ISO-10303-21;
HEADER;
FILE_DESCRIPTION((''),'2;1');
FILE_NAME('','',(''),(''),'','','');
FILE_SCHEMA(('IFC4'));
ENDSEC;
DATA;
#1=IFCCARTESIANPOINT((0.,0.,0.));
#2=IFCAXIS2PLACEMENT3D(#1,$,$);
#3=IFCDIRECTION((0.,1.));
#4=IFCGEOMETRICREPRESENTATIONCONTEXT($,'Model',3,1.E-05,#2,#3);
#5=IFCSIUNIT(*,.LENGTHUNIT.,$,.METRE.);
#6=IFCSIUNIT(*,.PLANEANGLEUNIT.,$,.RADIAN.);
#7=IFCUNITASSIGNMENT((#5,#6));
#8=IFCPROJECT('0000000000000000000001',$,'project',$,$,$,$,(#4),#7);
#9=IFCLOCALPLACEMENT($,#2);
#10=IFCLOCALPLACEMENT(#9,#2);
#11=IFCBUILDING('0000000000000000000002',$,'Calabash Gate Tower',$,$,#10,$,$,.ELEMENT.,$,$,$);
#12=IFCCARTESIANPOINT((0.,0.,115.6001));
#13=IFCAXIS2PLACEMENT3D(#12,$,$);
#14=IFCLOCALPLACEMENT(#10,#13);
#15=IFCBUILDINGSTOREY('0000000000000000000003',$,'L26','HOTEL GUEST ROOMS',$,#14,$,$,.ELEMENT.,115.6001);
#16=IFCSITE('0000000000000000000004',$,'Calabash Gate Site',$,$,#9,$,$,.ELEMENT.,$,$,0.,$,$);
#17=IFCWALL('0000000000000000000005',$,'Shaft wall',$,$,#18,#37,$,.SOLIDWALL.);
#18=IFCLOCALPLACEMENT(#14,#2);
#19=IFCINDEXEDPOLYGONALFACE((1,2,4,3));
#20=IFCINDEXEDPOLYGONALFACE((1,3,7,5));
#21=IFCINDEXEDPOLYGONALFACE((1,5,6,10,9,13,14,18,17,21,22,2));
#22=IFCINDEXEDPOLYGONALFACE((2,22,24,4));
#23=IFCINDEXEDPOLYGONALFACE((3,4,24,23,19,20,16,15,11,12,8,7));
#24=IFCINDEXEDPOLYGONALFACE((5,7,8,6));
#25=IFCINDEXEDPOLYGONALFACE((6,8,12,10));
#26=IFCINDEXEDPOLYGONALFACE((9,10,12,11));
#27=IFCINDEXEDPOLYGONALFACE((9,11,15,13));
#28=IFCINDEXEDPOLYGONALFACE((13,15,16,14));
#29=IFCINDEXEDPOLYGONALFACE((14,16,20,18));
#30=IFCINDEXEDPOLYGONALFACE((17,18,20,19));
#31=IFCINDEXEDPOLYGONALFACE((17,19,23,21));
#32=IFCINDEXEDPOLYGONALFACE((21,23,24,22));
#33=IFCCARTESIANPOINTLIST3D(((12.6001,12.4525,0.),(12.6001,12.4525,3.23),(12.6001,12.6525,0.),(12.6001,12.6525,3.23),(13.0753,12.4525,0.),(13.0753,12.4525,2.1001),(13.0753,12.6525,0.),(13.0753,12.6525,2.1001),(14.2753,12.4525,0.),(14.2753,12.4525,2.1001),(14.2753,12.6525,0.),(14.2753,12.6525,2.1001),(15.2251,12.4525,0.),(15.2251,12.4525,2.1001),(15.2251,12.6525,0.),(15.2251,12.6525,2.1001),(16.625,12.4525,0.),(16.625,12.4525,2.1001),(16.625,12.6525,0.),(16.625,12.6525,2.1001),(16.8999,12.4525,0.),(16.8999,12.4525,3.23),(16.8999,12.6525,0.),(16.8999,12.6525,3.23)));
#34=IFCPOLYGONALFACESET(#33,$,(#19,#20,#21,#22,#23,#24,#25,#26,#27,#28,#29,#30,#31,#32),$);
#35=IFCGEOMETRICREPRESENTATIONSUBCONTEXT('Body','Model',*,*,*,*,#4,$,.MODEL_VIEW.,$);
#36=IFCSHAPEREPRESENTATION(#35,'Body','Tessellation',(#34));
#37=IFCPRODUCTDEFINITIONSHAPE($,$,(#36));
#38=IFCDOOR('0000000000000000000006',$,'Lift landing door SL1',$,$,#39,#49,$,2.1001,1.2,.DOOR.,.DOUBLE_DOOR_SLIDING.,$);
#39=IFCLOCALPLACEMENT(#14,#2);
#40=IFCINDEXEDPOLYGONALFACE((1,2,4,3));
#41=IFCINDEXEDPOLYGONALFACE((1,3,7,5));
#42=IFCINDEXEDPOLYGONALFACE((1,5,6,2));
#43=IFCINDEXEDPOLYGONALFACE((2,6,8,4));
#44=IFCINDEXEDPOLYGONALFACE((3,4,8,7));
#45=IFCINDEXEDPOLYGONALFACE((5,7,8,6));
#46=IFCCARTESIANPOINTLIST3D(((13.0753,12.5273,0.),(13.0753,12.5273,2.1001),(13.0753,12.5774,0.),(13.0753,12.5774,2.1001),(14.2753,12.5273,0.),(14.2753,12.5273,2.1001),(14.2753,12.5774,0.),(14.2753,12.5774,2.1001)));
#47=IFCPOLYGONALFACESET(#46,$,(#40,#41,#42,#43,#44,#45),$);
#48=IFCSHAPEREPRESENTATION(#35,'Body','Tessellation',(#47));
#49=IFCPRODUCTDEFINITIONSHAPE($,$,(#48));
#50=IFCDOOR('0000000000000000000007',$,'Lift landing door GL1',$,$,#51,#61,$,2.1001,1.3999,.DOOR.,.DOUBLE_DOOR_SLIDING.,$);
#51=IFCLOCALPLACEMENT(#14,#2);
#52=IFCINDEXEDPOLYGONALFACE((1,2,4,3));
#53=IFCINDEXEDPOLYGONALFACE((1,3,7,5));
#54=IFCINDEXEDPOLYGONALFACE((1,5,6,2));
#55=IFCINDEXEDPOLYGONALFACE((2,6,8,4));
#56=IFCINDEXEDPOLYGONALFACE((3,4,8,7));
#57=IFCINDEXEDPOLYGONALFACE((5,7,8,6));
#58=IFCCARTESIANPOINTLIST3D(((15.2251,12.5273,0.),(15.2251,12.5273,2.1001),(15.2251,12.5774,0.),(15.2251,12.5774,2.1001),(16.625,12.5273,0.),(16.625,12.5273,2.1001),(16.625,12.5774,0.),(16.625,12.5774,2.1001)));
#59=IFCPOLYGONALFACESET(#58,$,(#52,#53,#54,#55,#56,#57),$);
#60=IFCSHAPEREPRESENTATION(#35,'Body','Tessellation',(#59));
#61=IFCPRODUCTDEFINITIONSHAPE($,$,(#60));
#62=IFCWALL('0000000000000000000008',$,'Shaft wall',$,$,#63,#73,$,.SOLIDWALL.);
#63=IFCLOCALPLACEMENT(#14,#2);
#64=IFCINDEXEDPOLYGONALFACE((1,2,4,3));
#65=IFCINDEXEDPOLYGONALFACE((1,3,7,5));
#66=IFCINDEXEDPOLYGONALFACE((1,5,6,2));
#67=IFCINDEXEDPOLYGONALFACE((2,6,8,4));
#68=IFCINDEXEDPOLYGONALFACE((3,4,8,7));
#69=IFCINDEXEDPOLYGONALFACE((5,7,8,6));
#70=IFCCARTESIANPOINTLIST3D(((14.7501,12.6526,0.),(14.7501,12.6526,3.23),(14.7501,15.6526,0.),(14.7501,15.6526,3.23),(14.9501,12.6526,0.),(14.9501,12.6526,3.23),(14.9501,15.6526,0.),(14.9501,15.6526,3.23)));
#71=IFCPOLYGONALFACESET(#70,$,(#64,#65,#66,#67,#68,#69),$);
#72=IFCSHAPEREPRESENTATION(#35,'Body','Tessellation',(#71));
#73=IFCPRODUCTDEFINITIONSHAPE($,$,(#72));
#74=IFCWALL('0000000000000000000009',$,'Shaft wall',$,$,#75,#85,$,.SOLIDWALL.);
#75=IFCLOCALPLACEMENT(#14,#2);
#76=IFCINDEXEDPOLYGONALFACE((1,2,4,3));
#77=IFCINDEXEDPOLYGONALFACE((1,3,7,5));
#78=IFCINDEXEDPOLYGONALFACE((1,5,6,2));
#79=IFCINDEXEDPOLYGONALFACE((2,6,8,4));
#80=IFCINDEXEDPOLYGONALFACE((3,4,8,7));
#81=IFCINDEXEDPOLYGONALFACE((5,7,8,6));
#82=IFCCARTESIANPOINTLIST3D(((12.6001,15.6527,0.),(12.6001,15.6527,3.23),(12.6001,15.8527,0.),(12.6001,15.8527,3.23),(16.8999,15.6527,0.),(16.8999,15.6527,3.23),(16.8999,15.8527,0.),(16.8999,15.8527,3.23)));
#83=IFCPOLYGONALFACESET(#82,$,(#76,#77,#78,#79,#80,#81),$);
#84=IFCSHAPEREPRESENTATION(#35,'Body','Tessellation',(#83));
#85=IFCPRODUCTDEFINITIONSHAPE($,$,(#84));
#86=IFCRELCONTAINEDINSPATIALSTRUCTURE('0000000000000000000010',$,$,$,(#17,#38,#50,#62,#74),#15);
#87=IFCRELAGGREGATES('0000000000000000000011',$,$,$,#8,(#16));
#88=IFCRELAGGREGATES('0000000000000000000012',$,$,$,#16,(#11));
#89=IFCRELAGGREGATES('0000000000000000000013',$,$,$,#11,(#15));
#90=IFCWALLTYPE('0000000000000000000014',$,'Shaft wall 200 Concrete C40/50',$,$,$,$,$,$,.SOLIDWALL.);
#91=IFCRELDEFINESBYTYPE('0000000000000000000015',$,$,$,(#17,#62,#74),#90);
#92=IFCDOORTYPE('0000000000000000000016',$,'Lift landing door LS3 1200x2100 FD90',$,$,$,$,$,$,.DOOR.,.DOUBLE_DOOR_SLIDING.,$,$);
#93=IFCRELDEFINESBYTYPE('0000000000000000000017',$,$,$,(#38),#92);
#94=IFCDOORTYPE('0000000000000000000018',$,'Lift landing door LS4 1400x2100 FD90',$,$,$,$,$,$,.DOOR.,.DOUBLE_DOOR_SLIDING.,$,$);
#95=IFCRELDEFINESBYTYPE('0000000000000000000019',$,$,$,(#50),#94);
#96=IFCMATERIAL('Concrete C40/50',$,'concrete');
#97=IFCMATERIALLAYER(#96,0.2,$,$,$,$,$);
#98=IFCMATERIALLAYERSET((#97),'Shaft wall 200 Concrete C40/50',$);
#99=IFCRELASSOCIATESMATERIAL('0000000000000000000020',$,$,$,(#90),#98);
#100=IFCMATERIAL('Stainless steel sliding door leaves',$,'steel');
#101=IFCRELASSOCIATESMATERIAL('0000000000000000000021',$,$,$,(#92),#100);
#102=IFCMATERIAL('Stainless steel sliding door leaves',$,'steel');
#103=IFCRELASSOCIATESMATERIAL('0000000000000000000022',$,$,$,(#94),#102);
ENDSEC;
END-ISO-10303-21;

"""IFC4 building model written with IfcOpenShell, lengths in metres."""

from ifc_helpers import new_model, si_unit, direction, frame, frame_2d, origin, place, context, subcontext, project, spatial, rectangle, extrude, material, layer, layer_set, type_object, element, fill, save


model = new_model("IFC4")

# Units and contexts
model_context = context("Model", 3, precision=1e-05, world=origin(), true_north=direction((0.0, 1.0)))
body_context = subcontext(model_context, "Body", "Model", "MODEL_VIEW")
ifc_project = project(units=[si_unit("LENGTHUNIT", "METRE"), si_unit("PLANEANGLEUNIT", "RADIAN")], contexts=[model_context])

# Site, building, storey
site_placement = place(None, origin())
site = spatial("IfcSite", under=ifc_project, at=site_placement, Name="Calabash Gate Site", CompositionType="ELEMENT", RefElevation=0.0)
building_placement = place(site_placement, origin())
building = spatial("IfcBuilding", under=site, at=building_placement, Name="Calabash Gate Tower", CompositionType="ELEMENT")
storey_placement = place(building_placement, frame((0.0, 0.0, 115.6001)))
storey = spatial("IfcBuildingStorey", under=building, at=storey_placement, Name="L26", Description="HOTEL GUEST ROOMS", CompositionType="ELEMENT", Elevation=115.6001)

# Shared definitions
ifc_material_1 = material(Name="Concrete C40/50", Category="concrete")
ifc_layer_1 = layer(ifc_material_1, 0.2)
ifc_layer_set_1 = layer_set([ifc_layer_1], Name="Shaft wall 200 Concrete C40/50")
wall_type_1 = type_object("IfcWallType", Name="Shaft wall 200 Concrete C40/50", PredefinedType="SOLIDWALL", material=ifc_layer_set_1)

# Wall, openings, doors
wall_1_placement = place(storey_placement, frame((12.6001, 12.5525, 0.0), z_axis=(0.0, 0.0, 1.0), x_axis=(1.0, 0.0, 0.0)))
wall_1 = element("IfcWall", 1, at=wall_1_placement, inside=storey, type_object=wall_type_1, Name="Shaft wall", PredefinedType="SOLIDWALL", context=body_context, shape_type="SweptSolid", body=[
    extrude(rectangle(XDim=4.2998, YDim=0.2, at=frame_2d((2.1499, 0.0))), origin(), (0.0, 0.0, 1.0), 3.23),
])
opening_1_placement = place(wall_1_placement, frame((0.4751, 0.0, 0.0)))
opening_1 = element("IfcOpeningElement", 2, at=opening_1_placement, cuts=wall_1, PredefinedType="OPENING", context=body_context, shape_type="SweptSolid", body=[
    extrude(rectangle(XDim=1.2, YDim=2.1001, at=frame_2d((0.6001, 1.05))), frame((0.0, 0.1099, 0.0), z_axis=(0.0, -1.0, 0.0), x_axis=(1.0, 0.0, 0.0)), (0.0, 0.0, 1.0), 0.22),
])
opening_2_placement = place(wall_1_placement, frame((2.625, 0.0, 0.0)))
opening_2 = element("IfcOpeningElement", 3, at=opening_2_placement, cuts=wall_1, PredefinedType="OPENING", context=body_context, shape_type="SweptSolid", body=[
    extrude(rectangle(XDim=1.3999, YDim=2.1001, at=frame_2d((0.7, 1.05))), frame((0.0, 0.1099, 0.0), z_axis=(0.0, -1.0, 0.0), x_axis=(1.0, 0.0, 0.0)), (0.0, 0.0, 1.0), 0.22),
])
ifc_material_2 = material(Name="Stainless steel sliding door leaves", Category="steel")
door_type_1 = type_object("IfcDoorType", Name="Lift landing door LS3 1200x2100 FD90", OperationType="DOUBLE_DOOR_SLIDING", PredefinedType="DOOR", material=ifc_material_2)
door_1_placement = place(opening_1_placement, origin())
door_1 = element("IfcDoor", 4, at=door_1_placement, inside=storey, type_object=door_type_1, Name="Lift landing door SL1", OperationType="DOUBLE_DOOR_SLIDING", OverallHeight=2.1001, OverallWidth=1.2, PredefinedType="DOOR", context=body_context, shape_type="SweptSolid", body=[
    extrude(rectangle(XDim=1.2, YDim=2.1001, at=frame_2d((0.6001, 1.05))), frame((0.0, 0.0249, 0.0), z_axis=(0.0, -1.0, 0.0), x_axis=(1.0, 0.0, 0.0)), (0.0, 0.0, 1.0), 0.05),
])
fill(opening_1, door_1)
ifc_material_3 = material(Name="Stainless steel sliding door leaves", Category="steel")
door_type_2 = type_object("IfcDoorType", Name="Lift landing door LS4 1400x2100 FD90", OperationType="DOUBLE_DOOR_SLIDING", PredefinedType="DOOR", material=ifc_material_3)
door_2_placement = place(opening_2_placement, origin())
door_2 = element("IfcDoor", 5, at=door_2_placement, inside=storey, type_object=door_type_2, Name="Lift landing door GL1", OperationType="DOUBLE_DOOR_SLIDING", OverallHeight=2.1001, OverallWidth=1.3999, PredefinedType="DOOR", context=body_context, shape_type="SweptSolid", body=[
    extrude(rectangle(XDim=1.3999, YDim=2.1001, at=frame_2d((0.7, 1.05))), frame((0.0, 0.0249, 0.0), z_axis=(0.0, -1.0, 0.0), x_axis=(1.0, 0.0, 0.0)), (0.0, 0.0, 1.0), 0.05),
])
fill(opening_2, door_2)

# Walls
wall_2_placement = place(storey_placement, frame((14.8501, 12.6526, 0.0), z_axis=(0.0, 0.0, 1.0), x_axis=(0.0, 1.0, 0.0)))
element("IfcWall", 6, at=wall_2_placement, inside=storey, type_object=wall_type_1, Name="Shaft wall", PredefinedType="SOLIDWALL", context=body_context, shape_type="SweptSolid", body=[
    extrude(rectangle(XDim=3.0, YDim=0.2, at=frame_2d((1.5, 0.0))), origin(), (0.0, 0.0, 1.0), 3.23),
])
wall_3_placement = place(storey_placement, frame((12.6001, 15.7527, 0.0), z_axis=(0.0, 0.0, 1.0), x_axis=(1.0, 0.0, 0.0)))
element("IfcWall", 7, at=wall_3_placement, inside=storey, type_object=wall_type_1, Name="Shaft wall", PredefinedType="SOLIDWALL", context=body_context, shape_type="SweptSolid", body=[
    extrude(rectangle(XDim=4.2998, YDim=0.2, at=frame_2d((2.1499, 0.0))), origin(), (0.0, 0.0, 1.0), 3.23),
])

save(model, "model.ifc")
